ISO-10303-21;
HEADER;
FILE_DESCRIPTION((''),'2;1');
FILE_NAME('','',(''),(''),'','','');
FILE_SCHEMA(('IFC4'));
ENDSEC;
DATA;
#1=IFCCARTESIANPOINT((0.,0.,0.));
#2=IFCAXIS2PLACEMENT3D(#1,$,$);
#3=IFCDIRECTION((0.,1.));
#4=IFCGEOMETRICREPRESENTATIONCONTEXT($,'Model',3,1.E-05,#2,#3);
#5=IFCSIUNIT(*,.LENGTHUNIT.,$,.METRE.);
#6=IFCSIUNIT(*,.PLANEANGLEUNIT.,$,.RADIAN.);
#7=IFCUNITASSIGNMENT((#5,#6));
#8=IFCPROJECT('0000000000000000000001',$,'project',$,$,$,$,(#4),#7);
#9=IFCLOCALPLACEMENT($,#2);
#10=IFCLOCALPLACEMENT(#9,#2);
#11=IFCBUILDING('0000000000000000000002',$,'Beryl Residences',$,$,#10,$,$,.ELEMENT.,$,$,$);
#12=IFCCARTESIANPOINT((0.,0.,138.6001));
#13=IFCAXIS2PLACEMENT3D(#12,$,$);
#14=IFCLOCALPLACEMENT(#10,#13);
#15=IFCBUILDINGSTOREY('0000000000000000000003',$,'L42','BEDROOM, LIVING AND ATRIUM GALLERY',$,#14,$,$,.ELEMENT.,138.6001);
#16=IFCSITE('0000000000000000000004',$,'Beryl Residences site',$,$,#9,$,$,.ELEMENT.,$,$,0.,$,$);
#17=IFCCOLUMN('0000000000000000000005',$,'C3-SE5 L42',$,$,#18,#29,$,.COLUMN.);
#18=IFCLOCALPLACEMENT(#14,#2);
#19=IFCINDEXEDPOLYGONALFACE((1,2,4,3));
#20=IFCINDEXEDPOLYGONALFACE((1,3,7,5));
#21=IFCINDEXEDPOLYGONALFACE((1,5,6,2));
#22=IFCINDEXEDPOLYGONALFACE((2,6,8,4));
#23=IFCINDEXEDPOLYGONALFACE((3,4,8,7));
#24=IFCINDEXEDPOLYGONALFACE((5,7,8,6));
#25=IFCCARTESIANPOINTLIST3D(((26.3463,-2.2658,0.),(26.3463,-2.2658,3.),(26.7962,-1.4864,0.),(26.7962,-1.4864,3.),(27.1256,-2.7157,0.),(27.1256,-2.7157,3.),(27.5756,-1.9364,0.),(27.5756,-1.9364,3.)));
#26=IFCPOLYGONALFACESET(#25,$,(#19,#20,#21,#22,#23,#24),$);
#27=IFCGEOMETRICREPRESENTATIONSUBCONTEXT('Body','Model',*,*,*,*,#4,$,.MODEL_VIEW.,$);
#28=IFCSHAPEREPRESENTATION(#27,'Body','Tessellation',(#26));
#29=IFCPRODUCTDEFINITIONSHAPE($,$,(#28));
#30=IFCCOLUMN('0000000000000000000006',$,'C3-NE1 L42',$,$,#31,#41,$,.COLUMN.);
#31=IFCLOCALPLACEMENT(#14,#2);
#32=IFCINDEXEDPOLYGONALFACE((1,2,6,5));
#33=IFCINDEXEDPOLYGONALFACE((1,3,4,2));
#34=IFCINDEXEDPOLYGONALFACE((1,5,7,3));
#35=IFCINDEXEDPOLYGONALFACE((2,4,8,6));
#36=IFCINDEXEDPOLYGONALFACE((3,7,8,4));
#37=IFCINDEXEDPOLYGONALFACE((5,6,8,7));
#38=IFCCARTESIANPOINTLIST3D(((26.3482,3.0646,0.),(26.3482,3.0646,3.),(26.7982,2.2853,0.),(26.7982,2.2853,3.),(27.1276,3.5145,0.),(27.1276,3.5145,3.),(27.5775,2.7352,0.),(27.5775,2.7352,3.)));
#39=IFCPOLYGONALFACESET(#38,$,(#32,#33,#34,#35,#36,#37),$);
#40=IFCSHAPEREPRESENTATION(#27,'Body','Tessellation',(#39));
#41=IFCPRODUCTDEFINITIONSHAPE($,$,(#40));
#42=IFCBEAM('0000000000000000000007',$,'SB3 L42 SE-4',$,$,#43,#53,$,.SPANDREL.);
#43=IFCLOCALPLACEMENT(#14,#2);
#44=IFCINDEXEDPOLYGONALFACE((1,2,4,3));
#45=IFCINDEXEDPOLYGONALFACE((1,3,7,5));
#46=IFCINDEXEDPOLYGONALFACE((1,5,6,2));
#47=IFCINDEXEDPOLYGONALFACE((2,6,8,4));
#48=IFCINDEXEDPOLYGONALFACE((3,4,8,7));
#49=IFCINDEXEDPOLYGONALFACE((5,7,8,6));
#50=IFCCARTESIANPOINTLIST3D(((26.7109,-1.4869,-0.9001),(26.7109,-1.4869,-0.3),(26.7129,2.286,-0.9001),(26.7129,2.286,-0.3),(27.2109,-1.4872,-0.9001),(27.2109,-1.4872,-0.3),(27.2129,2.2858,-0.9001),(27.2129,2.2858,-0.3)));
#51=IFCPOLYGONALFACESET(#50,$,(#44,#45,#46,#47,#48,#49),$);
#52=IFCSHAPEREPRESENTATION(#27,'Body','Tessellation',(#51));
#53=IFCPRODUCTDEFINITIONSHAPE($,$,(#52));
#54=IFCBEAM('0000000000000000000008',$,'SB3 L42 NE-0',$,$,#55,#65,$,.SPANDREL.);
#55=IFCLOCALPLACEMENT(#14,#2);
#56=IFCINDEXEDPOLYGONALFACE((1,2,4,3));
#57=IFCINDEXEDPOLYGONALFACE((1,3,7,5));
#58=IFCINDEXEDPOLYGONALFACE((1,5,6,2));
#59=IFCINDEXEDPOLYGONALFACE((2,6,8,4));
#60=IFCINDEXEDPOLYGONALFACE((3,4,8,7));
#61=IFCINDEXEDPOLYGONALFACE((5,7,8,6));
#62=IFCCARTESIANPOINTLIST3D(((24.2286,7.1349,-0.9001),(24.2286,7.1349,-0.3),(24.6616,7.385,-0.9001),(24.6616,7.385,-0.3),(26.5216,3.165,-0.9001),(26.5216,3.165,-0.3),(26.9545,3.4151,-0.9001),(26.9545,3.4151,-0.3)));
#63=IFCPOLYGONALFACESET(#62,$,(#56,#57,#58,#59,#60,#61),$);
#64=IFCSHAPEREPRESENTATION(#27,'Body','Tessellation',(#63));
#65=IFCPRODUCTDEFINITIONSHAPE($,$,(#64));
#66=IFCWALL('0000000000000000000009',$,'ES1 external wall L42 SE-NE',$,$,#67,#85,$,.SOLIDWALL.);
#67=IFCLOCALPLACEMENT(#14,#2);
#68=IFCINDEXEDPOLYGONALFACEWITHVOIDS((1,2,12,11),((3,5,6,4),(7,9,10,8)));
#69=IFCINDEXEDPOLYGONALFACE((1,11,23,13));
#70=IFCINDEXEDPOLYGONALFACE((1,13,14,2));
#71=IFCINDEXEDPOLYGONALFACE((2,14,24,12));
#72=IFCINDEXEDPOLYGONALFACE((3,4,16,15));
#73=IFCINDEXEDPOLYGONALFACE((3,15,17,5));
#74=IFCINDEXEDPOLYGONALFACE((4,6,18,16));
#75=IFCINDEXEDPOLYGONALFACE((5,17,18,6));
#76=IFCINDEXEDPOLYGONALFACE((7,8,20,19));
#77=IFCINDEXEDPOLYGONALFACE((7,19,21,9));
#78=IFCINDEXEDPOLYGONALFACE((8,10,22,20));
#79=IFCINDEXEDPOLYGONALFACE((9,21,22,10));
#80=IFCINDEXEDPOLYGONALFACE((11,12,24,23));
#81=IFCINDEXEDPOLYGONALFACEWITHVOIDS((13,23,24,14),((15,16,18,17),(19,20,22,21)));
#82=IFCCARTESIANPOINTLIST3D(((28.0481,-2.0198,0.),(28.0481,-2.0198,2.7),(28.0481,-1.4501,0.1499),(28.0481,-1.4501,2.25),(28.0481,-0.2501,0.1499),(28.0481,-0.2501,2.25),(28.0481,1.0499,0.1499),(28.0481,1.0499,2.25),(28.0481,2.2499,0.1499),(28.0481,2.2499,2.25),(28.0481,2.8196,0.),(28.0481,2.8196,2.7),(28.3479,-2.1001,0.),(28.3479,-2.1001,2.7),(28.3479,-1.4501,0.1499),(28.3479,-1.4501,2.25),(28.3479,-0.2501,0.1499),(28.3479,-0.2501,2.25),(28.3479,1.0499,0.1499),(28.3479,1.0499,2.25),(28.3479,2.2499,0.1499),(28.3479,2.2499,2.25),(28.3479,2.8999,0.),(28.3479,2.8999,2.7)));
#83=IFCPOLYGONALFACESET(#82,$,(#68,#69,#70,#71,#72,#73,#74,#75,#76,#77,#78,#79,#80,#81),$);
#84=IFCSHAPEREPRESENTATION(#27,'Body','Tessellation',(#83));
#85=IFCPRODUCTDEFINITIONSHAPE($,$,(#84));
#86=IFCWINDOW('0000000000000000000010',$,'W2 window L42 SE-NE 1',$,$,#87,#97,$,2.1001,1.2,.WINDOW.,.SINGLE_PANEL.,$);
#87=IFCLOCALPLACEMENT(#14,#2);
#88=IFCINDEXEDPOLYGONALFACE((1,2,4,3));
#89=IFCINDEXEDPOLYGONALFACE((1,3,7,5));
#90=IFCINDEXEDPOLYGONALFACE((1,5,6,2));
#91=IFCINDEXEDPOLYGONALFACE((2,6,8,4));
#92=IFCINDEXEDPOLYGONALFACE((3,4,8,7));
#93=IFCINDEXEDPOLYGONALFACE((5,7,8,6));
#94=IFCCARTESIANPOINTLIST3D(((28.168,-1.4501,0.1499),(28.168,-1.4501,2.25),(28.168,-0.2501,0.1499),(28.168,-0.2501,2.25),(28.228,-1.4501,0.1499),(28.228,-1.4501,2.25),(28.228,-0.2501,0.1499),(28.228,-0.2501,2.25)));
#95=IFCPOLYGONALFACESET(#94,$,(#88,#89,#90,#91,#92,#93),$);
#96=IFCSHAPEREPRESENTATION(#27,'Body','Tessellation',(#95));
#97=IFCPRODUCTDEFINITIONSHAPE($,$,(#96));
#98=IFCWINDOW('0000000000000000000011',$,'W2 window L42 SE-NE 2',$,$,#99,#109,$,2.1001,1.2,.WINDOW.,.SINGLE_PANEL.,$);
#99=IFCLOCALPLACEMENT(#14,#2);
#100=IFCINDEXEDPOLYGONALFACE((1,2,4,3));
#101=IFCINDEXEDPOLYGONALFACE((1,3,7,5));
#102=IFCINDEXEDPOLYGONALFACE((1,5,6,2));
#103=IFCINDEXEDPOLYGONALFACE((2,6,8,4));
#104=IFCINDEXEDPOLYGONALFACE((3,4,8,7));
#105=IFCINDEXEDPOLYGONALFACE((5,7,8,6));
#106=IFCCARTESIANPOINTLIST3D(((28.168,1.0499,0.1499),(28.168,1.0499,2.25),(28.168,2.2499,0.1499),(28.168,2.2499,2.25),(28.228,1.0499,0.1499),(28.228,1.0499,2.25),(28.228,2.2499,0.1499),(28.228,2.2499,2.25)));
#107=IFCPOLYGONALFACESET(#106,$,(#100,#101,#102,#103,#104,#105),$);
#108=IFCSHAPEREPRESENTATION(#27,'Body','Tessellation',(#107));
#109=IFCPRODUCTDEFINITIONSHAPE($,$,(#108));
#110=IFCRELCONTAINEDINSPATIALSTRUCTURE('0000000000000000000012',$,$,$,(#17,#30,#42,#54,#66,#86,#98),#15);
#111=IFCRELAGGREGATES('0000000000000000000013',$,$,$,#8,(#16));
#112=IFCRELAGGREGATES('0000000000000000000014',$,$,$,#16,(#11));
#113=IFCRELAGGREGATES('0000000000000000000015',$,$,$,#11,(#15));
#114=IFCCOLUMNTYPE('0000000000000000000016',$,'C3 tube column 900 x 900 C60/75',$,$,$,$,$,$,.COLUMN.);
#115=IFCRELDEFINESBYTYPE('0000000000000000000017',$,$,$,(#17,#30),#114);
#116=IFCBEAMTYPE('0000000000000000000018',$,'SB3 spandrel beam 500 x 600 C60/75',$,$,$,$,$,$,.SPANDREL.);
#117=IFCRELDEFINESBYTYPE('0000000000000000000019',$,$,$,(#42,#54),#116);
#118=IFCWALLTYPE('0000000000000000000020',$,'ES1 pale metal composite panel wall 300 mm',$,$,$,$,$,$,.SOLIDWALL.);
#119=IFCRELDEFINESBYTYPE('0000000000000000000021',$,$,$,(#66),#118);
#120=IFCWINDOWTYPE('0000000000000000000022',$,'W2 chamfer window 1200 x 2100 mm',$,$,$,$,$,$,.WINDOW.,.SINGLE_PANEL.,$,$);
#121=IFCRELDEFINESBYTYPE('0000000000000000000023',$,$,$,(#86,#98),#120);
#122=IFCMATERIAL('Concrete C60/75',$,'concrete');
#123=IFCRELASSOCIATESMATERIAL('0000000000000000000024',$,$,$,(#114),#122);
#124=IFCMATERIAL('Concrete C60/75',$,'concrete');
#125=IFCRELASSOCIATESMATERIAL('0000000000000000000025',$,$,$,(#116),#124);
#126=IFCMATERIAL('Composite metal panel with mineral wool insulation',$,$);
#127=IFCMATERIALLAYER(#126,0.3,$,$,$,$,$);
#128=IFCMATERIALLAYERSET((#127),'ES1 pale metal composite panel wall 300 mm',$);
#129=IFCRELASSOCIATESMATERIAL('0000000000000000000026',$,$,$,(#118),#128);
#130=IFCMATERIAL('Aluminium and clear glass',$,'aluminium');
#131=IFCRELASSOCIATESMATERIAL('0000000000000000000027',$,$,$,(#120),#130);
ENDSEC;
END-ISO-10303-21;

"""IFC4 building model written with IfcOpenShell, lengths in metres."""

from ifc_helpers import new_model, si_unit, direction, frame, frame_2d, origin, origin_2d, place, context, subcontext, project, spatial, polyline, rectangle, outline, extrude, material, layer, layer_set, material_profile, profile_set, type_object, element, fill, save


model = new_model("IFC4")

# Units and contexts
model_context = context("Model", 3, precision=1e-05, world=origin(), true_north=direction((0.0, 1.0)))
body_context = subcontext(model_context, "Body", "Model", "MODEL_VIEW")
ifc_project = project(units=[si_unit("LENGTHUNIT", "METRE"), si_unit("PLANEANGLEUNIT", "RADIAN")], contexts=[model_context])

# Site, building, storey
site_placement = place(None, origin())
site = spatial("IfcSite", under=ifc_project, at=site_placement, Name="Beryl Residences site", CompositionType="ELEMENT", RefElevation=0.0)
building_placement = place(site_placement, origin())
building = spatial("IfcBuilding", under=site, at=building_placement, Name="Beryl Residences", CompositionType="ELEMENT")
storey_placement = place(building_placement, frame((0.0, 0.0, 138.6001)))
storey = spatial("IfcBuildingStorey", under=building, at=storey_placement, Name="L42", Description="BEDROOM, LIVING AND ATRIUM GALLERY", CompositionType="ELEMENT", Elevation=138.6001)

# Columns
ifc_material_1 = material(Name="Concrete C60/75", Category="concrete")
ifc_material_profile_1 = material_profile(ifc_material_1, rectangle(XDim=0.8999, YDim=0.8999, at=origin_2d()))
ifc_profile_set_1 = profile_set([ifc_material_profile_1], Name="Concrete C60/75")
column_type = type_object("IfcColumnType", Name="C3 tube column 900 x 900 C60/75", PredefinedType="COLUMN", material=ifc_profile_set_1)
for number, where, z_axis, x_axis, name in (
    (1, (26.9609, -2.1011, 0.0), (0.0, 0.0, 1.0), (0.5, 0.866025, 0.0), "C3-SE5 L42"),
    (2, (26.9629, 2.8999, 0.0), (0.0, 0.0, 1.0), (-0.5, 0.866025, 0.0), "C3-NE1 L42"),
):
    element("IfcColumn", number, at=place(storey_placement, frame(where, z_axis=z_axis, x_axis=x_axis)), inside=storey, type_object=column_type, Name=name, PredefinedType="COLUMN", context=body_context, shape_type="SweptSolid", body=[
        extrude(rectangle(XDim=0.8999, YDim=0.8999, at=origin_2d()), origin(), (0.0, 0.0, 1.0), 3.0),
    ])

# Beams
ifc_material_2 = material(Name="Concrete C60/75", Category="concrete")
ifc_material_profile_2 = material_profile(ifc_material_2, rectangle(XDim=0.5, YDim=0.6001, at=origin_2d()))
ifc_profile_set_2 = profile_set([ifc_material_profile_2], Name="Concrete C60/75")
beam_type = type_object("IfcBeamType", Name="SB3 spandrel beam 500 x 600 C60/75", PredefinedType="SPANDREL", material=ifc_profile_set_2)
beam_1_placement = place(storey_placement, frame((26.9609, -1.4871, -0.6001), z_axis=(0.000518, 1.0, 0.0), x_axis=(-1.0, 0.000518, 0.0)))
element("IfcBeam", 3, at=beam_1_placement, inside=storey, type_object=beam_type, Name="SB3 L42 SE-4", PredefinedType="SPANDREL", context=body_context, shape_type="SweptSolid", body=[
    extrude(rectangle(XDim=0.5, YDim=0.6001, at=origin_2d()), origin(), (0.0, 0.0, 1.0), 3.7729),
])
beam_2_placement = place(storey_placement, frame((26.738, 3.29, -0.6001), z_axis=(-0.500148, 0.86594, 0.0), x_axis=(-0.86594, -0.500148, 0.0)))
element("IfcBeam", 4, at=beam_2_placement, inside=storey, type_object=beam_type, Name="SB3 L42 NE-0", PredefinedType="SPANDREL", context=body_context, shape_type="SweptSolid", body=[
    extrude(rectangle(XDim=0.5, YDim=0.6001, at=origin_2d()), origin(), (0.0, 0.0, 1.0), 4.5845),
])

# Wall, openings, windows
ifc_material_3 = material(Name="Composite metal panel with mineral wool insulation")
ifc_layer = layer(ifc_material_3, 0.3)
ifc_layer_set = layer_set([ifc_layer], Name="ES1 pale metal composite panel wall 300 mm")
wall_type = type_object("IfcWallType", Name="ES1 pale metal composite panel wall 300 mm", PredefinedType="SOLIDWALL", material=ifc_layer_set)
wall_1_placement = place(storey_placement, frame((28.198, -2.1001, 0.0), z_axis=(0.0, 0.0, 1.0), x_axis=(0.0, 1.0, 0.0)))
wall_1 = element("IfcWall", 5, at=wall_1_placement, inside=storey, type_object=wall_type, Name="ES1 external wall L42 SE-NE", PredefinedType="SOLIDWALL", context=body_context, shape_type="SweptSolid", body=[
    extrude(outline(polyline([(0.0, -0.1499), (5.0, -0.1499), (4.9197, 0.1499), (0.0803, 0.1499), (0.0, -0.1499)])), origin(), (0.0, 0.0, 1.0), 2.7),
])
opening_1_placement = place(wall_1_placement, frame((0.6499, 0.0, 0.1499)))
opening_1 = element("IfcOpeningElement", 6, at=opening_1_placement, cuts=wall_1, PredefinedType="OPENING", context=body_context, shape_type="SweptSolid", body=[
    extrude(rectangle(XDim=1.2, YDim=2.1001, at=frame_2d((0.6001, 1.05))), frame((0.0, 0.1599, 0.0), z_axis=(0.0, -1.0, 0.0), x_axis=(1.0, 0.0, 0.0)), (0.0, 0.0, 1.0), 0.3201),
])
opening_2_placement = place(wall_1_placement, frame((3.1499, 0.0, 0.1499)))
opening_2 = element("IfcOpeningElement", 7, at=opening_2_placement, cuts=wall_1, PredefinedType="OPENING", context=body_context, shape_type="SweptSolid", body=[
    extrude(rectangle(XDim=1.2, YDim=2.1001, at=frame_2d((0.6001, 1.05))), frame((0.0, 0.1599, 0.0), z_axis=(0.0, -1.0, 0.0), x_axis=(1.0, 0.0, 0.0)), (0.0, 0.0, 1.0), 0.3201),
])
ifc_material_4 = material(Name="Aluminium and clear glass", Category="aluminium")
window_type_1 = type_object("IfcWindowType", Name="W2 chamfer window 1200 x 2100 mm", PartitioningType="SINGLE_PANEL", PredefinedType="WINDOW", material=ifc_material_4)
window_1_placement = place(opening_1_placement, origin())
window_1 = element("IfcWindow", 8, at=window_1_placement, inside=storey, type_object=window_type_1, Name="W2 window L42 SE-NE 1", OverallHeight=2.1001, OverallWidth=1.2, PartitioningType="SINGLE_PANEL", PredefinedType="WINDOW", context=body_context, shape_type="SweptSolid", body=[
    extrude(rectangle(XDim=1.2, YDim=2.1001, at=frame_2d((0.6001, 1.05))), frame((0.0, 0.03, 0.0), z_axis=(0.0, -1.0, 0.0), x_axis=(1.0, 0.0, 0.0)), (0.0, 0.0, 1.0), 0.0601),
])
fill(opening_1, window_1)
window_2_placement = place(opening_2_placement, origin())
window_2 = element("IfcWindow", 9, at=window_2_placement, inside=storey, type_object=window_type_1, Name="W2 window L42 SE-NE 2", OverallHeight=2.1001, OverallWidth=1.2, PartitioningType="SINGLE_PANEL", PredefinedType="WINDOW", context=body_context, shape_type="SweptSolid", body=[
    extrude(rectangle(XDim=1.2, YDim=2.1001, at=frame_2d((0.6001, 1.05))), frame((0.0, 0.03, 0.0), z_axis=(0.0, -1.0, 0.0), x_axis=(1.0, 0.0, 0.0)), (0.0, 0.0, 1.0), 0.0601),
])
fill(opening_2, window_2)

save(model, "model.ifc")
